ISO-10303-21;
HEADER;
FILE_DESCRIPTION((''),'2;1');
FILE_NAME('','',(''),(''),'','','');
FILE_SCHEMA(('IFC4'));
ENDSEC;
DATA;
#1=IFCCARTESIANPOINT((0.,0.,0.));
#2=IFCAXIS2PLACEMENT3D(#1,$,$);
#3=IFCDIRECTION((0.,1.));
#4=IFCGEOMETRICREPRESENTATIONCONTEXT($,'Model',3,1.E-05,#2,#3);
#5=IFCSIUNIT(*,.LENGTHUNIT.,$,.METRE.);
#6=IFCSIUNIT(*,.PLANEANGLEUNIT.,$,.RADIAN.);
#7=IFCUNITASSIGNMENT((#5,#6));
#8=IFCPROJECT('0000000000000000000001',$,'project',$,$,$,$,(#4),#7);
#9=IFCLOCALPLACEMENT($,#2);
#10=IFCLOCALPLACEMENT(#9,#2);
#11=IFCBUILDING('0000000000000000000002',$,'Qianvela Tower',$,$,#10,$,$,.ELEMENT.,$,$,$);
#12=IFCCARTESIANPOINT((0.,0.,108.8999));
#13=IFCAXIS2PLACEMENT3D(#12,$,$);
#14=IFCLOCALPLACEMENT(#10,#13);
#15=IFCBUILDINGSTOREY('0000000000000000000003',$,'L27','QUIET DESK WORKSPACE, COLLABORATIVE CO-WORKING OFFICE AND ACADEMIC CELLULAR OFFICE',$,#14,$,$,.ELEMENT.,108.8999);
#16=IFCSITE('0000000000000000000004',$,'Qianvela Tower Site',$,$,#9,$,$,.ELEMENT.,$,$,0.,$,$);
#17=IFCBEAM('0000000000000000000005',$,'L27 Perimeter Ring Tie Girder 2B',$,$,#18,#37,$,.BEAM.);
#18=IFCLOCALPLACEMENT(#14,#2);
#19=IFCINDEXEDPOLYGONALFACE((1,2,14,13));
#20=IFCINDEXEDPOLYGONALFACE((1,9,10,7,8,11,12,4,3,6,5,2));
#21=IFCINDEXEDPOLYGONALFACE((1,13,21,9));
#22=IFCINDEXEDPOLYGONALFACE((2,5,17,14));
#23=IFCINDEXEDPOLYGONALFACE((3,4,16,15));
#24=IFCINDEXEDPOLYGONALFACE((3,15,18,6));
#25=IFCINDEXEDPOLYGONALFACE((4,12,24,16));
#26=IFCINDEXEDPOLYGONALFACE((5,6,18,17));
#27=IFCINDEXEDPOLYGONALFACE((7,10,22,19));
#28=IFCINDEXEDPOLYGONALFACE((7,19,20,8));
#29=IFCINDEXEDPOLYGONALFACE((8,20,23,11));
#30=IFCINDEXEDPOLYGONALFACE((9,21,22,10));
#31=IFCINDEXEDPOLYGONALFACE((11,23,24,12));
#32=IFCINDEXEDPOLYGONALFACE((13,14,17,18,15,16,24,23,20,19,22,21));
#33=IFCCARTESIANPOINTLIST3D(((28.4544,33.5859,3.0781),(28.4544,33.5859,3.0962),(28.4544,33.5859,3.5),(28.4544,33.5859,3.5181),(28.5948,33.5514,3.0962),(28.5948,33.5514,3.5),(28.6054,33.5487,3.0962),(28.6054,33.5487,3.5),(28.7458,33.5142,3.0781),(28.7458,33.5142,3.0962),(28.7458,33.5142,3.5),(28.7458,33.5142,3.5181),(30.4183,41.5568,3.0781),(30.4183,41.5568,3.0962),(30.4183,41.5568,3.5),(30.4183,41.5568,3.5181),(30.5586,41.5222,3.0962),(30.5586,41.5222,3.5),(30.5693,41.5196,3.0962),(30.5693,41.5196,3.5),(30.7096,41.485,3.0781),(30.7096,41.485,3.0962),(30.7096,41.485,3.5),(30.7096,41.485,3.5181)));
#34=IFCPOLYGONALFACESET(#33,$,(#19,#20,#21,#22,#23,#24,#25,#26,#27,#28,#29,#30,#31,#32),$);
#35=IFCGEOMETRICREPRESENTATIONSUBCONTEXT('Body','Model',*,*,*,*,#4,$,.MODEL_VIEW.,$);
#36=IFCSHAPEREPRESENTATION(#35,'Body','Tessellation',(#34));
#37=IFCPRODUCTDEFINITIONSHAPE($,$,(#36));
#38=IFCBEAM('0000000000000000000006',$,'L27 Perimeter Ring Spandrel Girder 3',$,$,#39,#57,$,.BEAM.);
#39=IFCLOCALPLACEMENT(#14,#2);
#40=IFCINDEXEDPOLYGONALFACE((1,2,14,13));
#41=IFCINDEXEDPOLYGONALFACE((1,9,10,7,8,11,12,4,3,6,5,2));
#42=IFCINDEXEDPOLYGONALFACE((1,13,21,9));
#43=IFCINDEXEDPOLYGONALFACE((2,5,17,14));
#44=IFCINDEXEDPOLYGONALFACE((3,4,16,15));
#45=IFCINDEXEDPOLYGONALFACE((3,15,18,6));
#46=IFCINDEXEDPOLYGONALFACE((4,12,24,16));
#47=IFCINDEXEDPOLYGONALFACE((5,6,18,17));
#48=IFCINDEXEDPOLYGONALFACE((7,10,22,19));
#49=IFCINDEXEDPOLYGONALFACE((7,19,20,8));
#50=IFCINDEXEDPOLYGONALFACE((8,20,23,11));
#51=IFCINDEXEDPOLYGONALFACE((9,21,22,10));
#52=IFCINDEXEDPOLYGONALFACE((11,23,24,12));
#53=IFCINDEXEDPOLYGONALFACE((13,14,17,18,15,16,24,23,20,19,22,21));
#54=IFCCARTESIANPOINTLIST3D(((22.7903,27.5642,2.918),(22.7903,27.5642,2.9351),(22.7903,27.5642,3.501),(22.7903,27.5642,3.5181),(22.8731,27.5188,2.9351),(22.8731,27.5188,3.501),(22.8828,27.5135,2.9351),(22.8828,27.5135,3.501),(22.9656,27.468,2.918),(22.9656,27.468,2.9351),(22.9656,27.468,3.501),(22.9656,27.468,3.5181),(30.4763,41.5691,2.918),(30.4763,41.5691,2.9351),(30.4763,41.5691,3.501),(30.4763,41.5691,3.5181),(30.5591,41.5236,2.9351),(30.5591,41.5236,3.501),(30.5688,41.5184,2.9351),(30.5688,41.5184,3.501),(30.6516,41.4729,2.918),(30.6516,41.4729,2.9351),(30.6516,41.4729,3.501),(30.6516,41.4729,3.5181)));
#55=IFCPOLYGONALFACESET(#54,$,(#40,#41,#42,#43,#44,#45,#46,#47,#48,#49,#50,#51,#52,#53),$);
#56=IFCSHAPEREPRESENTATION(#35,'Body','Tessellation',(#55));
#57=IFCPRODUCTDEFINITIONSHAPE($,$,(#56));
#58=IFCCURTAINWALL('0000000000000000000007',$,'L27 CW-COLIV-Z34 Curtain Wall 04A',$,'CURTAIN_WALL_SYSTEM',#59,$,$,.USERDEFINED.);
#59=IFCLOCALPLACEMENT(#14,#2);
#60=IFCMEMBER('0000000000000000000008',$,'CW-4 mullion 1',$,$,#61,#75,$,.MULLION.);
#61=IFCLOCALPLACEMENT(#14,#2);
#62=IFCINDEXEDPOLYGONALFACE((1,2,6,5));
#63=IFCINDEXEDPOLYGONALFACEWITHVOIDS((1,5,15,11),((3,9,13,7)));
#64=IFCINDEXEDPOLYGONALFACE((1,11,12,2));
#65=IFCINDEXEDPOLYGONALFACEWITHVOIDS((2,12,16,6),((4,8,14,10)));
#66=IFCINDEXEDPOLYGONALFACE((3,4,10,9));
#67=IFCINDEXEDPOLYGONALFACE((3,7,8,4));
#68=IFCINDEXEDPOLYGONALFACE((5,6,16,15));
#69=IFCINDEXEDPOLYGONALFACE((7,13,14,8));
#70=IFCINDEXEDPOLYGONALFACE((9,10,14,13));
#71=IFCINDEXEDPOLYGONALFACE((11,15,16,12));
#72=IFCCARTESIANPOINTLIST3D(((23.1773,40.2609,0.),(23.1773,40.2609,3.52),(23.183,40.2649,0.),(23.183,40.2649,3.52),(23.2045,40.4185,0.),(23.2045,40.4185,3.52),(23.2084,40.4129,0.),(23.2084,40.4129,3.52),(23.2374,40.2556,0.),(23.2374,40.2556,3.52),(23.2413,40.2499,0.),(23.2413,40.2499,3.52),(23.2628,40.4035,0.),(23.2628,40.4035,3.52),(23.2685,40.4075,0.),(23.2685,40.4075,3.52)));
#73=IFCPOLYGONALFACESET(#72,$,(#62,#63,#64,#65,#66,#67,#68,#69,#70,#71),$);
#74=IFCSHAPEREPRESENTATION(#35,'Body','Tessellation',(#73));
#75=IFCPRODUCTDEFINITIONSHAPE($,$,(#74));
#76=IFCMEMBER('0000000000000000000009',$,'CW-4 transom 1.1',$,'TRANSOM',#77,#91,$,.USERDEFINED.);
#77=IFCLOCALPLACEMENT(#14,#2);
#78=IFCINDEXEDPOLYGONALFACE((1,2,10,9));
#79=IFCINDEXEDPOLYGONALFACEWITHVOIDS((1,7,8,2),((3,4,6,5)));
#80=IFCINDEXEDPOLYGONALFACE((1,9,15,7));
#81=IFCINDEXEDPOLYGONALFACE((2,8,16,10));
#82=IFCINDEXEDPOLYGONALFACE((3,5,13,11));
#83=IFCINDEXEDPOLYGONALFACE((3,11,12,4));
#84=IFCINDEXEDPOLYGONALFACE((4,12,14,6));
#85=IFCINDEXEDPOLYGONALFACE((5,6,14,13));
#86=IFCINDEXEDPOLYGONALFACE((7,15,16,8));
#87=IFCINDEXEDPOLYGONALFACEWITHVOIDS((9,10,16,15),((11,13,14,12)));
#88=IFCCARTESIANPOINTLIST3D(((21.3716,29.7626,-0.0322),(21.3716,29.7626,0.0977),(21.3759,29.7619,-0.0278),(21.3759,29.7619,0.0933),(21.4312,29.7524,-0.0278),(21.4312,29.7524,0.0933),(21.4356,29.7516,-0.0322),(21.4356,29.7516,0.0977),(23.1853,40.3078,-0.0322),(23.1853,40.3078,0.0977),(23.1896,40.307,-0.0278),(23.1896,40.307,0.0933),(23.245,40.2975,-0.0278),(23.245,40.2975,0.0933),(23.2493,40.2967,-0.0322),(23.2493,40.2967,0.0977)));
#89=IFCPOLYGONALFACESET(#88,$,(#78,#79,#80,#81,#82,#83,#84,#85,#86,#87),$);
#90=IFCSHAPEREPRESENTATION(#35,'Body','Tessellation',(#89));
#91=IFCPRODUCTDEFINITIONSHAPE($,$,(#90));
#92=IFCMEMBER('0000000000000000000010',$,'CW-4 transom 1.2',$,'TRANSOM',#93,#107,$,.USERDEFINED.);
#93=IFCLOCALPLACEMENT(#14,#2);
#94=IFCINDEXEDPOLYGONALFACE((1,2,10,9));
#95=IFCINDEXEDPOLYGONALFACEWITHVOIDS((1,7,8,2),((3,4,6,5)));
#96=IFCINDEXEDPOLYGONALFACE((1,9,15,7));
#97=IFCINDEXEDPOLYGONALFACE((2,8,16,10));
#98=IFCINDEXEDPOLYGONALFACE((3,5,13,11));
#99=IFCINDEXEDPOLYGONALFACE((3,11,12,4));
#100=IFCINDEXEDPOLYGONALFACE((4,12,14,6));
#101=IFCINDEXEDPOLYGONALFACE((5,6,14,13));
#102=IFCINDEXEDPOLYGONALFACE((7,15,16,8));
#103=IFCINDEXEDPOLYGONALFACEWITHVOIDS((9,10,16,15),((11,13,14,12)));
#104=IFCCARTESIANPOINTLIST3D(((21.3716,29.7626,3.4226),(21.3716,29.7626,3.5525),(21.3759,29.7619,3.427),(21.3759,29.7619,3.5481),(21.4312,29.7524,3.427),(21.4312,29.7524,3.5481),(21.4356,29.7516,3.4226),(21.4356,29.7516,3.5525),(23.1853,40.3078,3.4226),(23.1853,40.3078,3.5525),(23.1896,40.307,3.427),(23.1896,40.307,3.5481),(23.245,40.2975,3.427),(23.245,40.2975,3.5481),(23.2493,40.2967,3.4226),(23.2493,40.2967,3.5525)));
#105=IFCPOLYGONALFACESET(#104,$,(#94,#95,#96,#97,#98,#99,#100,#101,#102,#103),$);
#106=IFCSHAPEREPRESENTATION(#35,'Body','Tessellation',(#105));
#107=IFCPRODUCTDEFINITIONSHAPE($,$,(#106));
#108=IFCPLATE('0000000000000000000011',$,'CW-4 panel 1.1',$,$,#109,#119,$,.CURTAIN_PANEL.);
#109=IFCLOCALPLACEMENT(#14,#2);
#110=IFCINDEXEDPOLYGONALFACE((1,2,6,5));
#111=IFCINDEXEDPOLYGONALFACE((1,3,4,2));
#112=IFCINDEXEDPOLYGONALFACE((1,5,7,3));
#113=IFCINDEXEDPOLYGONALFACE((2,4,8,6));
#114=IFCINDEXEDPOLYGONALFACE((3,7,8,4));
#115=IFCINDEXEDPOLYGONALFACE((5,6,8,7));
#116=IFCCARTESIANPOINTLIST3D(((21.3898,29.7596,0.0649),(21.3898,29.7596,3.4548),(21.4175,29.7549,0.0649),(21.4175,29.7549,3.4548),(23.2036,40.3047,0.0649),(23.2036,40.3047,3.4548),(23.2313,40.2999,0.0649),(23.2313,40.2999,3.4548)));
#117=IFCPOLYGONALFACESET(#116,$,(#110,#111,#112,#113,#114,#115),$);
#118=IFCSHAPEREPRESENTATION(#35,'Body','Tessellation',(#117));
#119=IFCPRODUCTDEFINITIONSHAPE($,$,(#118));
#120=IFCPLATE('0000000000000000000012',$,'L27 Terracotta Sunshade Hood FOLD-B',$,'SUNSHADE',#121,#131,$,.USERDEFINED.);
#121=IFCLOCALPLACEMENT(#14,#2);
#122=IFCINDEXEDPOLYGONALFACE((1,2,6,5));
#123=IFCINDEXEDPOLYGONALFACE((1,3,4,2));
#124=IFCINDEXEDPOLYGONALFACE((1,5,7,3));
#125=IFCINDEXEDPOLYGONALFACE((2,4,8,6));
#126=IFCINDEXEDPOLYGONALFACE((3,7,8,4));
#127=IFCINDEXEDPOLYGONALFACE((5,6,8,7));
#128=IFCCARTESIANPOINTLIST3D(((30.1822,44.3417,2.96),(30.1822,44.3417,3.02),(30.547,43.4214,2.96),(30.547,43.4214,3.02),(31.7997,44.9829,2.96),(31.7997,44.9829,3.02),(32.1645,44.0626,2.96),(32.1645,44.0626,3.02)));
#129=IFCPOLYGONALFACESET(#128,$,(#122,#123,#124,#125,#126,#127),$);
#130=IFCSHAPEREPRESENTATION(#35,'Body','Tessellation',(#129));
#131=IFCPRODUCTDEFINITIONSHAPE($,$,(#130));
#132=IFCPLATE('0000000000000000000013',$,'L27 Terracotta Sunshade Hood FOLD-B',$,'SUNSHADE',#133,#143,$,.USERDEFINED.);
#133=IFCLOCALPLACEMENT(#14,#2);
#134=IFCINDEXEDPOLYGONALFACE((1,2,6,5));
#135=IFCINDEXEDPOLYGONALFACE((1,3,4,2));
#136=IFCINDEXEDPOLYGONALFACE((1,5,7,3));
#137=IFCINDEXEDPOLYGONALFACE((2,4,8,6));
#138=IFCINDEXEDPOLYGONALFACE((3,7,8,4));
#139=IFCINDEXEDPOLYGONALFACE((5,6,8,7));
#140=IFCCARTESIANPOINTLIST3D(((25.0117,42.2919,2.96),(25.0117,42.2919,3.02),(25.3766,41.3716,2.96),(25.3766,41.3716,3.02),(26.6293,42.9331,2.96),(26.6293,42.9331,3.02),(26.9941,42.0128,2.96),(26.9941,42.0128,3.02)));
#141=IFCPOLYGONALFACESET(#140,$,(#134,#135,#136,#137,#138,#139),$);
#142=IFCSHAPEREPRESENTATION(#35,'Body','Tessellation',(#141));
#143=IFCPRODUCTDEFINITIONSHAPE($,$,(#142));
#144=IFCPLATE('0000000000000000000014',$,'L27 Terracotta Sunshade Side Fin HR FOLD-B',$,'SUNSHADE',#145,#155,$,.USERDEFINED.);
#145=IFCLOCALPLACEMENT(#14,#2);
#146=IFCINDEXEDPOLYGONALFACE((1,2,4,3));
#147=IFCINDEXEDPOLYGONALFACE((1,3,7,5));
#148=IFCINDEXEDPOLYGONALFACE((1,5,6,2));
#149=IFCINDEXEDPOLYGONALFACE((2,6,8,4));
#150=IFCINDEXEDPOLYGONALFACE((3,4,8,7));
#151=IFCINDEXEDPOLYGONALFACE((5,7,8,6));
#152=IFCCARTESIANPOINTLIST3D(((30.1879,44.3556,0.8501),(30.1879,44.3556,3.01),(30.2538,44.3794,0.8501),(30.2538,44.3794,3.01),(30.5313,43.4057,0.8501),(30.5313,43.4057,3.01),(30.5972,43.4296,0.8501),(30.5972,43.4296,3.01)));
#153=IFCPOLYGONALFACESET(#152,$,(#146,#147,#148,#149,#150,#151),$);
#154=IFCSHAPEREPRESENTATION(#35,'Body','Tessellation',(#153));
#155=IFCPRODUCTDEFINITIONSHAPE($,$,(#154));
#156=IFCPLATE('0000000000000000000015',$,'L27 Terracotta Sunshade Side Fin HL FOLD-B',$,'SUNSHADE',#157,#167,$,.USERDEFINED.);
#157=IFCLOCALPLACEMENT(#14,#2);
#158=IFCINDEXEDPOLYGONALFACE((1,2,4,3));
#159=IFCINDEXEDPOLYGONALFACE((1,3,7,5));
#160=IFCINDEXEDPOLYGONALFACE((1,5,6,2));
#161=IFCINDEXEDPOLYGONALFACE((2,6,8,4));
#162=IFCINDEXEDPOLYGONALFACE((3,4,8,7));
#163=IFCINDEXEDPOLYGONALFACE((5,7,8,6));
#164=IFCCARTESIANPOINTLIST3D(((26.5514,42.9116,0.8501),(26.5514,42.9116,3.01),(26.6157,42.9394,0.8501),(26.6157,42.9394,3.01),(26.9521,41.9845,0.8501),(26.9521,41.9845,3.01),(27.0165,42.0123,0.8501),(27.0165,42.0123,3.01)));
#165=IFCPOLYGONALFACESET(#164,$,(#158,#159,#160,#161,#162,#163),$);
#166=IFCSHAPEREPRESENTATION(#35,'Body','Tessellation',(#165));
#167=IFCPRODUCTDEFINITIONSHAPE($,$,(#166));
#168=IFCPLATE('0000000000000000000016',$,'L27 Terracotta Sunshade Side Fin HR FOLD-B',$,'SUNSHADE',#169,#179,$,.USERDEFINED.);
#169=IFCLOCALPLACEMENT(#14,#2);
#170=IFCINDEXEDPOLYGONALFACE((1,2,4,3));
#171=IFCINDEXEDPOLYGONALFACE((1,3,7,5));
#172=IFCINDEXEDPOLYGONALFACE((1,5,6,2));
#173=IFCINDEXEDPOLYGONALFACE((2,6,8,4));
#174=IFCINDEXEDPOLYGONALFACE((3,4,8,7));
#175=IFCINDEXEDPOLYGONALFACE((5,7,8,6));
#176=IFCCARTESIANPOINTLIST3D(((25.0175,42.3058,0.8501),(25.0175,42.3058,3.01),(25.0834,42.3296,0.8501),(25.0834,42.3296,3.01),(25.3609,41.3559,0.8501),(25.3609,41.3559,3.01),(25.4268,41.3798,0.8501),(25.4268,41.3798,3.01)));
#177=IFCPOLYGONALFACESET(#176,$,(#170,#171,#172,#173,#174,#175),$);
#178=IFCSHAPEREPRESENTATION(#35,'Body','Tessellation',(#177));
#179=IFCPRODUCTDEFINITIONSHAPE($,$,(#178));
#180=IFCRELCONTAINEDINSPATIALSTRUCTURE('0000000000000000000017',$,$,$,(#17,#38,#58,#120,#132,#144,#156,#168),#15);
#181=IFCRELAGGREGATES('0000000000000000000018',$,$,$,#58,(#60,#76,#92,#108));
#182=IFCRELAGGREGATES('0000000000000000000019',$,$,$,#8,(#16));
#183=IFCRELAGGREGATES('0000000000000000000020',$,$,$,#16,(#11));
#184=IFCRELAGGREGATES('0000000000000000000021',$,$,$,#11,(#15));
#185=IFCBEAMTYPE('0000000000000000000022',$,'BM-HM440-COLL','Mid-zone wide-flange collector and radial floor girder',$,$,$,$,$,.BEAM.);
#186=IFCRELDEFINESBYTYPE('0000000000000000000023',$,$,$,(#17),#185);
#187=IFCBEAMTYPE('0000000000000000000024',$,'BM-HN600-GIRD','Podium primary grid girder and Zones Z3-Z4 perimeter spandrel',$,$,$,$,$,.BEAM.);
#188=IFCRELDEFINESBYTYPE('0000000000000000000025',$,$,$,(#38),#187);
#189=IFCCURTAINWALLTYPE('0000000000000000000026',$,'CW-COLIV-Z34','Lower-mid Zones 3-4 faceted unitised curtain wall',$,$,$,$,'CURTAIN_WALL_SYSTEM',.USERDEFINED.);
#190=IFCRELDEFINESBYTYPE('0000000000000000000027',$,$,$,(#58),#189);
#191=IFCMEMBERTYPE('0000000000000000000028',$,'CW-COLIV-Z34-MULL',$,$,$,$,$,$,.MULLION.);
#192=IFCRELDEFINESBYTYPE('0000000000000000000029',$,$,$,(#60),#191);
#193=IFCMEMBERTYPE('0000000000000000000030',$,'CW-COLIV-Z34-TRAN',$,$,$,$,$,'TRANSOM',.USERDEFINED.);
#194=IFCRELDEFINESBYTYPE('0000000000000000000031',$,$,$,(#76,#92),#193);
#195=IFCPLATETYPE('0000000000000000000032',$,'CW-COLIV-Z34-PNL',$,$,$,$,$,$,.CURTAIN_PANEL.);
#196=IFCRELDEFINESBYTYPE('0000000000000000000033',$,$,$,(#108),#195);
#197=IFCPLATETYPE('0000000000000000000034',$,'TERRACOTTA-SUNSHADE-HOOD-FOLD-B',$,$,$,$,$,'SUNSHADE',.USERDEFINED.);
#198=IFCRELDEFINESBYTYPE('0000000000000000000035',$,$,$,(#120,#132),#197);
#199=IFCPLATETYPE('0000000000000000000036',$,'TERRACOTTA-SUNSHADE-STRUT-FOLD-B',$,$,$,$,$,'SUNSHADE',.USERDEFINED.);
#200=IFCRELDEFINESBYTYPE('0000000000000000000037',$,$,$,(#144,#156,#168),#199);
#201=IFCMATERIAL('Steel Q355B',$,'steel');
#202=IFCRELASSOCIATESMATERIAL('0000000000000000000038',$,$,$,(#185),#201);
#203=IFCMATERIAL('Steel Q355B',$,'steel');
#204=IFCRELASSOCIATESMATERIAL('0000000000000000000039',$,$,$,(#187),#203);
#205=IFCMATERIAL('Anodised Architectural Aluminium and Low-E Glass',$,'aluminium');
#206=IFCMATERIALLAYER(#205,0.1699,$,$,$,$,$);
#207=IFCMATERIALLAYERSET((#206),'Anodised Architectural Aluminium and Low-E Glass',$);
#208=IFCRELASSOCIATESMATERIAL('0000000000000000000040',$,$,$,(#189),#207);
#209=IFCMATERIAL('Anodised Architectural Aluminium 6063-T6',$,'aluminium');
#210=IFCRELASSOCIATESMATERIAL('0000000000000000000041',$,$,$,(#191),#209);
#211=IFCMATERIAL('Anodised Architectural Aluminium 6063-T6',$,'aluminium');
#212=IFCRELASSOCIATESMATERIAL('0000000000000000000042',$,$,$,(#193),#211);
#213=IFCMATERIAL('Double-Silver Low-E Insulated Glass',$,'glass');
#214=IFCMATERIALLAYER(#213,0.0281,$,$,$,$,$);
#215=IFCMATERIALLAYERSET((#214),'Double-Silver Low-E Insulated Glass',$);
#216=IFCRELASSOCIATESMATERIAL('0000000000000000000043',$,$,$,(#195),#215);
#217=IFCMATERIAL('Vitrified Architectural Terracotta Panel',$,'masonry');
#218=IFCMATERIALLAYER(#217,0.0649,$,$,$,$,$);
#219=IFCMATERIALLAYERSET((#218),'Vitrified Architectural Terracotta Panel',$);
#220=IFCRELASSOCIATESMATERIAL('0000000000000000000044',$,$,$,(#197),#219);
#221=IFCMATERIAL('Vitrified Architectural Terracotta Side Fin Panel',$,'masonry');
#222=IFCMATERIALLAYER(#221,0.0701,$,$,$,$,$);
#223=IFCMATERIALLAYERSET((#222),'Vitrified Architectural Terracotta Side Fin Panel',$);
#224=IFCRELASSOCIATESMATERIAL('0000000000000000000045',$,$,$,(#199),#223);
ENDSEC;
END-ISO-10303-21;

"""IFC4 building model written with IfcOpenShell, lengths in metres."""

from ifc_helpers import new_model, si_unit, direction, frame, origin, origin_2d, place, context, subcontext, project, spatial, rectangle, hollow_rectangle, i_section, extrude, material, layer, layer_set, material_profile, profile_set, type_object, element, aggregate, save


model = new_model("IFC4")

# Units and contexts
model_context = context("Model", 3, precision=1e-05, world=origin(), true_north=direction((0.0, 1.0)))
body_context = subcontext(model_context, "Body", "Model", "MODEL_VIEW")
ifc_project = project(units=[si_unit("LENGTHUNIT", "METRE"), si_unit("PLANEANGLEUNIT", "RADIAN")], contexts=[model_context])

# Site, building, storey
site_placement = place(None, origin())
site = spatial("IfcSite", under=ifc_project, at=site_placement, Name="Qianvela Tower Site", CompositionType="ELEMENT", RefElevation=0.0)
building_placement = place(site_placement, origin())
building = spatial("IfcBuilding", under=site, at=building_placement, Name="Qianvela Tower", CompositionType="ELEMENT")
storey_placement = place(building_placement, frame((0.0, 0.0, 108.8999)))
storey = spatial("IfcBuildingStorey", under=building, at=storey_placement, Name="L27", Description="QUIET DESK WORKSPACE, COLLABORATIVE CO-WORKING OFFICE AND ACADEMIC CELLULAR OFFICE", CompositionType="ELEMENT", Elevation=108.8999)

# Beams
ifc_material_1 = material(Name="Steel Q355B", Category="steel")
ifc_material_profile_1 = material_profile(ifc_material_1, i_section(OverallWidth=0.3, OverallDepth=0.4399, WebThickness=0.011, FlangeThickness=0.0181, at=origin_2d()), Name="HM440x300x11x18")
ifc_profile_set_1 = profile_set([ifc_material_profile_1], Name="Steel Q355B")
beam_type_1 = type_object("IfcBeamType", Name="BM-HM440-COLL", Description="Mid-zone wide-flange collector and radial floor girder", PredefinedType="BEAM", material=ifc_profile_set_1)
beam_1_placement = place(storey_placement, frame((28.6001, 33.55, 3.2981), z_axis=(0.239224, 0.970964, 0.0), x_axis=(-0.970964, 0.239224, 0.0)))
element("IfcBeam", 1, at=beam_1_placement, inside=storey, type_object=beam_type_1, Name="L27 Perimeter Ring Tie Girder 2B", PredefinedType="BEAM", context=body_context, shape_type="SweptSolid", body=[
    extrude(i_section(OverallWidth=0.3, OverallDepth=0.4399, WebThickness=0.011, FlangeThickness=0.0181, at=origin_2d()), origin(), (0.0, 0.0, 1.0), 8.2092),
])
ifc_material_2 = material(Name="Steel Q355B", Category="steel")
ifc_material_profile_2 = material_profile(ifc_material_2, i_section(OverallWidth=0.2, OverallDepth=0.6001, WebThickness=0.011, FlangeThickness=0.0171, at=origin_2d()), Name="HN600x200x11x17")
ifc_profile_set_2 = profile_set([ifc_material_profile_2], Name="Steel Q355B")
beam_type_2 = type_object("IfcBeamType", Name="BM-HN600-GIRD", Description="Podium primary grid girder and Zones Z3-Z4 perimeter spandrel", PredefinedType="BEAM", material=ifc_profile_set_2)
beam_2_placement = place(storey_placement, frame((30.564, 41.521, 3.218), z_axis=(-0.481118, -0.876656, 0.0), x_axis=(0.876656, -0.481118, 0.0)))
element("IfcBeam", 2, at=beam_2_placement, inside=storey, type_object=beam_type_2, Name="L27 Perimeter Ring Spandrel Girder 3", PredefinedType="BEAM", context=body_context, shape_type="SweptSolid", body=[
    extrude(i_section(OverallWidth=0.2, OverallDepth=0.6001, WebThickness=0.011, FlangeThickness=0.0171, at=origin_2d()), origin(), (0.0, 0.0, 1.0), 15.9753),
])

# Curtain wall, members, plate
ifc_material_3 = material(Name="Anodised Architectural Aluminium and Low-E Glass", Category="aluminium")
ifc_layer_1 = layer(ifc_material_3, 0.1699)
ifc_layer_set_1 = layer_set([ifc_layer_1], Name="Anodised Architectural Aluminium and Low-E Glass")
curtain_wall_type = type_object("IfcCurtainWallType", Name="CW-COLIV-Z34", Description="Lower-mid Zones 3-4 faceted unitised curtain wall", ElementType="CURTAIN_WALL_SYSTEM", PredefinedType="USERDEFINED", material=ifc_layer_set_1)
curtain_wall_placement = place(storey_placement, origin())
curtain_wall = element("IfcCurtainWall", 3, at=curtain_wall_placement, inside=storey, type_object=curtain_wall_type, Name="L27 CW-COLIV-Z34 Curtain Wall 04A", ObjectType="CURTAIN_WALL_SYSTEM", PredefinedType="USERDEFINED")
ifc_material_4 = material(Name="Anodised Architectural Aluminium 6063-T6", Category="aluminium")
ifc_material_profile_3 = material_profile(ifc_material_4, hollow_rectangle(XDim=0.0649, YDim=0.1599, WallThickness=0.0049, at=origin_2d()), Name="ALU-MULL-65x160")
ifc_profile_set_3 = profile_set([ifc_material_profile_3], Name="Anodised Architectural Aluminium 6063-T6")
member_type_1 = type_object("IfcMemberType", Name="CW-COLIV-Z34-MULL", PredefinedType="MULLION", material=ifc_profile_set_3)
member_1_placement = place(storey_placement, frame((23.2229, 40.3342, 0.0), z_axis=(0.0, 0.0, 1.0), x_axis=(0.985527, -0.169521, 0.0)))
member_1 = element("IfcMember", 4, at=member_1_placement, type_object=member_type_1, Name="CW-4 mullion 1", PredefinedType="MULLION", context=body_context, shape_type="SweptSolid", body=[
    extrude(hollow_rectangle(XDim=0.0649, YDim=0.1599, WallThickness=0.0049, at=origin_2d()), origin(), (0.0, 0.0, 1.0), 3.52),
])
ifc_material_5 = material(Name="Anodised Architectural Aluminium 6063-T6", Category="aluminium")
ifc_material_profile_4 = material_profile(ifc_material_5, hollow_rectangle(XDim=0.0649, YDim=0.1299, WallThickness=0.0044, at=origin_2d()), Name="ALU-TRAN-65x130")
ifc_profile_set_4 = profile_set([ifc_material_profile_4], Name="Anodised Architectural Aluminium 6063-T6")
member_type_2 = type_object("IfcMemberType", Name="CW-COLIV-Z34-TRAN", ElementType="TRANSOM", PredefinedType="USERDEFINED", material=ifc_profile_set_4)
member_2_placement = place(storey_placement, frame((23.2173, 40.3022, 0.0327), z_axis=(-0.169507, -0.985529, 0.0), x_axis=(0.985529, -0.169507, 0.0)))
member_2 = element("IfcMember", 5, at=member_2_placement, type_object=member_type_2, Name="CW-4 transom 1.1", ObjectType="TRANSOM", PredefinedType="USERDEFINED", context=body_context, shape_type="SweptSolid", body=[
    extrude(hollow_rectangle(XDim=0.0649, YDim=0.1299, WallThickness=0.0044, at=origin_2d()), origin(), (0.0, 0.0, 1.0), 10.7),
])
member_3_placement = place(storey_placement, frame((23.2173, 40.3022, 3.4875), z_axis=(-0.169507, -0.985529, 0.0), x_axis=(0.985529, -0.169507, 0.0)))
member_3 = element("IfcMember", 6, at=member_3_placement, type_object=member_type_2, Name="CW-4 transom 1.2", ObjectType="TRANSOM", PredefinedType="USERDEFINED", context=body_context, shape_type="SweptSolid", body=[
    extrude(hollow_rectangle(XDim=0.0649, YDim=0.1299, WallThickness=0.0044, at=origin_2d()), origin(), (0.0, 0.0, 1.0), 10.7),
])
ifc_material_6 = material(Name="Double-Silver Low-E Insulated Glass", Category="glass")
ifc_layer_2 = layer(ifc_material_6, 0.0281)
ifc_layer_set_2 = layer_set([ifc_layer_2], Name="Double-Silver Low-E Insulated Glass")
plate_type_1 = type_object("IfcPlateType", Name="CW-COLIV-Z34-PNL", PredefinedType="CURTAIN_PANEL", material=ifc_layer_set_2)
plate_placement = place(storey_placement, frame((22.3105, 35.0298, 0.0649), z_axis=(0.0, 0.0, 1.0), x_axis=(-0.169521, -0.985527, 0.0)))
plate = element("IfcPlate", 7, at=plate_placement, type_object=plate_type_1, Name="CW-4 panel 1.1", PredefinedType="CURTAIN_PANEL", context=body_context, shape_type="SweptSolid", body=[
    extrude(rectangle(XDim=10.7, YDim=0.0281, at=origin_2d()), origin(), (0.0, 0.0, 1.0), 3.3899),
])
aggregate(curtain_wall, [member_1, member_2, member_3, plate])

# Plates
ifc_material_7 = material(Name="Vitrified Architectural Terracotta Panel", Category="masonry")
ifc_layer_3 = layer(ifc_material_7, 0.0649)
ifc_layer_set_3 = layer_set([ifc_layer_3], Name="Vitrified Architectural Terracotta Panel")
plate_type_2 = type_object("IfcPlateType", Name="TERRACOTTA-SUNSHADE-HOOD-FOLD-B", ElementType="SUNSHADE", PredefinedType="USERDEFINED", material=ifc_layer_set_3)
for number, where, z_axis, x_axis, name in (
    (8, (31.1733, 44.2021, 2.96), (0.0, 0.0, 1.0), (-0.92961, -0.368545, 0.0), "L27 Terracotta Sunshade Hood FOLD-B"),
    (9, (26.0029, 42.1523, 2.96), (0.0, 0.0, 1.0), (-0.92961, -0.368545, 0.0), "L27 Terracotta Sunshade Hood FOLD-B"),
):
    element("IfcPlate", number, at=place(storey_placement, frame(where, z_axis=z_axis, x_axis=x_axis)), inside=storey, type_object=plate_type_2, Name=name, ObjectType="SUNSHADE", PredefinedType="USERDEFINED", context=body_context, shape_type="SweptSolid", body=[
        extrude(rectangle(XDim=1.74, YDim=0.99, at=origin_2d()), origin(), (0.0, 0.0, 1.0), 0.0601),
    ])
ifc_material_8 = material(Name="Vitrified Architectural Terracotta Side Fin Panel", Category="masonry")
ifc_layer_4 = layer(ifc_material_8, 0.0701)
ifc_layer_set_4 = layer_set([ifc_layer_4], Name="Vitrified Architectural Terracotta Side Fin Panel")
plate_type_3 = type_object("IfcPlateType", Name="TERRACOTTA-SUNSHADE-STRUT-FOLD-B", ElementType="SUNSHADE", PredefinedType="USERDEFINED", material=ifc_layer_set_4)
for number, where, z_axis, x_axis, name in (
    (10, (30.3926, 43.8926, 0.8501), (0.0, 0.0, 1.0), (-0.940431, -0.339984, 0.0), "L27 Terracotta Sunshade Side Fin HR FOLD-B"),
    (11, (26.7839, 42.4619, 0.8501), (0.0, 0.0, 1.0), (-0.917922, -0.396762, 0.0), "L27 Terracotta Sunshade Side Fin HL FOLD-B"),
    (12, (25.2222, 41.8428, 0.8501), (0.0, 0.0, 1.0), (-0.940431, -0.339984, 0.0), "L27 Terracotta Sunshade Side Fin HR FOLD-B"),
):
    element("IfcPlate", number, at=place(storey_placement, frame(where, z_axis=z_axis, x_axis=x_axis)), inside=storey, type_object=plate_type_3, Name=name, ObjectType="SUNSHADE", PredefinedType="USERDEFINED", context=body_context, shape_type="SweptSolid", body=[
        extrude(rectangle(XDim=0.0701, YDim=1.01, at=origin_2d()), origin(), (0.0, 0.0, 1.0), 2.1599),
    ])

save(model, "model.ifc")
